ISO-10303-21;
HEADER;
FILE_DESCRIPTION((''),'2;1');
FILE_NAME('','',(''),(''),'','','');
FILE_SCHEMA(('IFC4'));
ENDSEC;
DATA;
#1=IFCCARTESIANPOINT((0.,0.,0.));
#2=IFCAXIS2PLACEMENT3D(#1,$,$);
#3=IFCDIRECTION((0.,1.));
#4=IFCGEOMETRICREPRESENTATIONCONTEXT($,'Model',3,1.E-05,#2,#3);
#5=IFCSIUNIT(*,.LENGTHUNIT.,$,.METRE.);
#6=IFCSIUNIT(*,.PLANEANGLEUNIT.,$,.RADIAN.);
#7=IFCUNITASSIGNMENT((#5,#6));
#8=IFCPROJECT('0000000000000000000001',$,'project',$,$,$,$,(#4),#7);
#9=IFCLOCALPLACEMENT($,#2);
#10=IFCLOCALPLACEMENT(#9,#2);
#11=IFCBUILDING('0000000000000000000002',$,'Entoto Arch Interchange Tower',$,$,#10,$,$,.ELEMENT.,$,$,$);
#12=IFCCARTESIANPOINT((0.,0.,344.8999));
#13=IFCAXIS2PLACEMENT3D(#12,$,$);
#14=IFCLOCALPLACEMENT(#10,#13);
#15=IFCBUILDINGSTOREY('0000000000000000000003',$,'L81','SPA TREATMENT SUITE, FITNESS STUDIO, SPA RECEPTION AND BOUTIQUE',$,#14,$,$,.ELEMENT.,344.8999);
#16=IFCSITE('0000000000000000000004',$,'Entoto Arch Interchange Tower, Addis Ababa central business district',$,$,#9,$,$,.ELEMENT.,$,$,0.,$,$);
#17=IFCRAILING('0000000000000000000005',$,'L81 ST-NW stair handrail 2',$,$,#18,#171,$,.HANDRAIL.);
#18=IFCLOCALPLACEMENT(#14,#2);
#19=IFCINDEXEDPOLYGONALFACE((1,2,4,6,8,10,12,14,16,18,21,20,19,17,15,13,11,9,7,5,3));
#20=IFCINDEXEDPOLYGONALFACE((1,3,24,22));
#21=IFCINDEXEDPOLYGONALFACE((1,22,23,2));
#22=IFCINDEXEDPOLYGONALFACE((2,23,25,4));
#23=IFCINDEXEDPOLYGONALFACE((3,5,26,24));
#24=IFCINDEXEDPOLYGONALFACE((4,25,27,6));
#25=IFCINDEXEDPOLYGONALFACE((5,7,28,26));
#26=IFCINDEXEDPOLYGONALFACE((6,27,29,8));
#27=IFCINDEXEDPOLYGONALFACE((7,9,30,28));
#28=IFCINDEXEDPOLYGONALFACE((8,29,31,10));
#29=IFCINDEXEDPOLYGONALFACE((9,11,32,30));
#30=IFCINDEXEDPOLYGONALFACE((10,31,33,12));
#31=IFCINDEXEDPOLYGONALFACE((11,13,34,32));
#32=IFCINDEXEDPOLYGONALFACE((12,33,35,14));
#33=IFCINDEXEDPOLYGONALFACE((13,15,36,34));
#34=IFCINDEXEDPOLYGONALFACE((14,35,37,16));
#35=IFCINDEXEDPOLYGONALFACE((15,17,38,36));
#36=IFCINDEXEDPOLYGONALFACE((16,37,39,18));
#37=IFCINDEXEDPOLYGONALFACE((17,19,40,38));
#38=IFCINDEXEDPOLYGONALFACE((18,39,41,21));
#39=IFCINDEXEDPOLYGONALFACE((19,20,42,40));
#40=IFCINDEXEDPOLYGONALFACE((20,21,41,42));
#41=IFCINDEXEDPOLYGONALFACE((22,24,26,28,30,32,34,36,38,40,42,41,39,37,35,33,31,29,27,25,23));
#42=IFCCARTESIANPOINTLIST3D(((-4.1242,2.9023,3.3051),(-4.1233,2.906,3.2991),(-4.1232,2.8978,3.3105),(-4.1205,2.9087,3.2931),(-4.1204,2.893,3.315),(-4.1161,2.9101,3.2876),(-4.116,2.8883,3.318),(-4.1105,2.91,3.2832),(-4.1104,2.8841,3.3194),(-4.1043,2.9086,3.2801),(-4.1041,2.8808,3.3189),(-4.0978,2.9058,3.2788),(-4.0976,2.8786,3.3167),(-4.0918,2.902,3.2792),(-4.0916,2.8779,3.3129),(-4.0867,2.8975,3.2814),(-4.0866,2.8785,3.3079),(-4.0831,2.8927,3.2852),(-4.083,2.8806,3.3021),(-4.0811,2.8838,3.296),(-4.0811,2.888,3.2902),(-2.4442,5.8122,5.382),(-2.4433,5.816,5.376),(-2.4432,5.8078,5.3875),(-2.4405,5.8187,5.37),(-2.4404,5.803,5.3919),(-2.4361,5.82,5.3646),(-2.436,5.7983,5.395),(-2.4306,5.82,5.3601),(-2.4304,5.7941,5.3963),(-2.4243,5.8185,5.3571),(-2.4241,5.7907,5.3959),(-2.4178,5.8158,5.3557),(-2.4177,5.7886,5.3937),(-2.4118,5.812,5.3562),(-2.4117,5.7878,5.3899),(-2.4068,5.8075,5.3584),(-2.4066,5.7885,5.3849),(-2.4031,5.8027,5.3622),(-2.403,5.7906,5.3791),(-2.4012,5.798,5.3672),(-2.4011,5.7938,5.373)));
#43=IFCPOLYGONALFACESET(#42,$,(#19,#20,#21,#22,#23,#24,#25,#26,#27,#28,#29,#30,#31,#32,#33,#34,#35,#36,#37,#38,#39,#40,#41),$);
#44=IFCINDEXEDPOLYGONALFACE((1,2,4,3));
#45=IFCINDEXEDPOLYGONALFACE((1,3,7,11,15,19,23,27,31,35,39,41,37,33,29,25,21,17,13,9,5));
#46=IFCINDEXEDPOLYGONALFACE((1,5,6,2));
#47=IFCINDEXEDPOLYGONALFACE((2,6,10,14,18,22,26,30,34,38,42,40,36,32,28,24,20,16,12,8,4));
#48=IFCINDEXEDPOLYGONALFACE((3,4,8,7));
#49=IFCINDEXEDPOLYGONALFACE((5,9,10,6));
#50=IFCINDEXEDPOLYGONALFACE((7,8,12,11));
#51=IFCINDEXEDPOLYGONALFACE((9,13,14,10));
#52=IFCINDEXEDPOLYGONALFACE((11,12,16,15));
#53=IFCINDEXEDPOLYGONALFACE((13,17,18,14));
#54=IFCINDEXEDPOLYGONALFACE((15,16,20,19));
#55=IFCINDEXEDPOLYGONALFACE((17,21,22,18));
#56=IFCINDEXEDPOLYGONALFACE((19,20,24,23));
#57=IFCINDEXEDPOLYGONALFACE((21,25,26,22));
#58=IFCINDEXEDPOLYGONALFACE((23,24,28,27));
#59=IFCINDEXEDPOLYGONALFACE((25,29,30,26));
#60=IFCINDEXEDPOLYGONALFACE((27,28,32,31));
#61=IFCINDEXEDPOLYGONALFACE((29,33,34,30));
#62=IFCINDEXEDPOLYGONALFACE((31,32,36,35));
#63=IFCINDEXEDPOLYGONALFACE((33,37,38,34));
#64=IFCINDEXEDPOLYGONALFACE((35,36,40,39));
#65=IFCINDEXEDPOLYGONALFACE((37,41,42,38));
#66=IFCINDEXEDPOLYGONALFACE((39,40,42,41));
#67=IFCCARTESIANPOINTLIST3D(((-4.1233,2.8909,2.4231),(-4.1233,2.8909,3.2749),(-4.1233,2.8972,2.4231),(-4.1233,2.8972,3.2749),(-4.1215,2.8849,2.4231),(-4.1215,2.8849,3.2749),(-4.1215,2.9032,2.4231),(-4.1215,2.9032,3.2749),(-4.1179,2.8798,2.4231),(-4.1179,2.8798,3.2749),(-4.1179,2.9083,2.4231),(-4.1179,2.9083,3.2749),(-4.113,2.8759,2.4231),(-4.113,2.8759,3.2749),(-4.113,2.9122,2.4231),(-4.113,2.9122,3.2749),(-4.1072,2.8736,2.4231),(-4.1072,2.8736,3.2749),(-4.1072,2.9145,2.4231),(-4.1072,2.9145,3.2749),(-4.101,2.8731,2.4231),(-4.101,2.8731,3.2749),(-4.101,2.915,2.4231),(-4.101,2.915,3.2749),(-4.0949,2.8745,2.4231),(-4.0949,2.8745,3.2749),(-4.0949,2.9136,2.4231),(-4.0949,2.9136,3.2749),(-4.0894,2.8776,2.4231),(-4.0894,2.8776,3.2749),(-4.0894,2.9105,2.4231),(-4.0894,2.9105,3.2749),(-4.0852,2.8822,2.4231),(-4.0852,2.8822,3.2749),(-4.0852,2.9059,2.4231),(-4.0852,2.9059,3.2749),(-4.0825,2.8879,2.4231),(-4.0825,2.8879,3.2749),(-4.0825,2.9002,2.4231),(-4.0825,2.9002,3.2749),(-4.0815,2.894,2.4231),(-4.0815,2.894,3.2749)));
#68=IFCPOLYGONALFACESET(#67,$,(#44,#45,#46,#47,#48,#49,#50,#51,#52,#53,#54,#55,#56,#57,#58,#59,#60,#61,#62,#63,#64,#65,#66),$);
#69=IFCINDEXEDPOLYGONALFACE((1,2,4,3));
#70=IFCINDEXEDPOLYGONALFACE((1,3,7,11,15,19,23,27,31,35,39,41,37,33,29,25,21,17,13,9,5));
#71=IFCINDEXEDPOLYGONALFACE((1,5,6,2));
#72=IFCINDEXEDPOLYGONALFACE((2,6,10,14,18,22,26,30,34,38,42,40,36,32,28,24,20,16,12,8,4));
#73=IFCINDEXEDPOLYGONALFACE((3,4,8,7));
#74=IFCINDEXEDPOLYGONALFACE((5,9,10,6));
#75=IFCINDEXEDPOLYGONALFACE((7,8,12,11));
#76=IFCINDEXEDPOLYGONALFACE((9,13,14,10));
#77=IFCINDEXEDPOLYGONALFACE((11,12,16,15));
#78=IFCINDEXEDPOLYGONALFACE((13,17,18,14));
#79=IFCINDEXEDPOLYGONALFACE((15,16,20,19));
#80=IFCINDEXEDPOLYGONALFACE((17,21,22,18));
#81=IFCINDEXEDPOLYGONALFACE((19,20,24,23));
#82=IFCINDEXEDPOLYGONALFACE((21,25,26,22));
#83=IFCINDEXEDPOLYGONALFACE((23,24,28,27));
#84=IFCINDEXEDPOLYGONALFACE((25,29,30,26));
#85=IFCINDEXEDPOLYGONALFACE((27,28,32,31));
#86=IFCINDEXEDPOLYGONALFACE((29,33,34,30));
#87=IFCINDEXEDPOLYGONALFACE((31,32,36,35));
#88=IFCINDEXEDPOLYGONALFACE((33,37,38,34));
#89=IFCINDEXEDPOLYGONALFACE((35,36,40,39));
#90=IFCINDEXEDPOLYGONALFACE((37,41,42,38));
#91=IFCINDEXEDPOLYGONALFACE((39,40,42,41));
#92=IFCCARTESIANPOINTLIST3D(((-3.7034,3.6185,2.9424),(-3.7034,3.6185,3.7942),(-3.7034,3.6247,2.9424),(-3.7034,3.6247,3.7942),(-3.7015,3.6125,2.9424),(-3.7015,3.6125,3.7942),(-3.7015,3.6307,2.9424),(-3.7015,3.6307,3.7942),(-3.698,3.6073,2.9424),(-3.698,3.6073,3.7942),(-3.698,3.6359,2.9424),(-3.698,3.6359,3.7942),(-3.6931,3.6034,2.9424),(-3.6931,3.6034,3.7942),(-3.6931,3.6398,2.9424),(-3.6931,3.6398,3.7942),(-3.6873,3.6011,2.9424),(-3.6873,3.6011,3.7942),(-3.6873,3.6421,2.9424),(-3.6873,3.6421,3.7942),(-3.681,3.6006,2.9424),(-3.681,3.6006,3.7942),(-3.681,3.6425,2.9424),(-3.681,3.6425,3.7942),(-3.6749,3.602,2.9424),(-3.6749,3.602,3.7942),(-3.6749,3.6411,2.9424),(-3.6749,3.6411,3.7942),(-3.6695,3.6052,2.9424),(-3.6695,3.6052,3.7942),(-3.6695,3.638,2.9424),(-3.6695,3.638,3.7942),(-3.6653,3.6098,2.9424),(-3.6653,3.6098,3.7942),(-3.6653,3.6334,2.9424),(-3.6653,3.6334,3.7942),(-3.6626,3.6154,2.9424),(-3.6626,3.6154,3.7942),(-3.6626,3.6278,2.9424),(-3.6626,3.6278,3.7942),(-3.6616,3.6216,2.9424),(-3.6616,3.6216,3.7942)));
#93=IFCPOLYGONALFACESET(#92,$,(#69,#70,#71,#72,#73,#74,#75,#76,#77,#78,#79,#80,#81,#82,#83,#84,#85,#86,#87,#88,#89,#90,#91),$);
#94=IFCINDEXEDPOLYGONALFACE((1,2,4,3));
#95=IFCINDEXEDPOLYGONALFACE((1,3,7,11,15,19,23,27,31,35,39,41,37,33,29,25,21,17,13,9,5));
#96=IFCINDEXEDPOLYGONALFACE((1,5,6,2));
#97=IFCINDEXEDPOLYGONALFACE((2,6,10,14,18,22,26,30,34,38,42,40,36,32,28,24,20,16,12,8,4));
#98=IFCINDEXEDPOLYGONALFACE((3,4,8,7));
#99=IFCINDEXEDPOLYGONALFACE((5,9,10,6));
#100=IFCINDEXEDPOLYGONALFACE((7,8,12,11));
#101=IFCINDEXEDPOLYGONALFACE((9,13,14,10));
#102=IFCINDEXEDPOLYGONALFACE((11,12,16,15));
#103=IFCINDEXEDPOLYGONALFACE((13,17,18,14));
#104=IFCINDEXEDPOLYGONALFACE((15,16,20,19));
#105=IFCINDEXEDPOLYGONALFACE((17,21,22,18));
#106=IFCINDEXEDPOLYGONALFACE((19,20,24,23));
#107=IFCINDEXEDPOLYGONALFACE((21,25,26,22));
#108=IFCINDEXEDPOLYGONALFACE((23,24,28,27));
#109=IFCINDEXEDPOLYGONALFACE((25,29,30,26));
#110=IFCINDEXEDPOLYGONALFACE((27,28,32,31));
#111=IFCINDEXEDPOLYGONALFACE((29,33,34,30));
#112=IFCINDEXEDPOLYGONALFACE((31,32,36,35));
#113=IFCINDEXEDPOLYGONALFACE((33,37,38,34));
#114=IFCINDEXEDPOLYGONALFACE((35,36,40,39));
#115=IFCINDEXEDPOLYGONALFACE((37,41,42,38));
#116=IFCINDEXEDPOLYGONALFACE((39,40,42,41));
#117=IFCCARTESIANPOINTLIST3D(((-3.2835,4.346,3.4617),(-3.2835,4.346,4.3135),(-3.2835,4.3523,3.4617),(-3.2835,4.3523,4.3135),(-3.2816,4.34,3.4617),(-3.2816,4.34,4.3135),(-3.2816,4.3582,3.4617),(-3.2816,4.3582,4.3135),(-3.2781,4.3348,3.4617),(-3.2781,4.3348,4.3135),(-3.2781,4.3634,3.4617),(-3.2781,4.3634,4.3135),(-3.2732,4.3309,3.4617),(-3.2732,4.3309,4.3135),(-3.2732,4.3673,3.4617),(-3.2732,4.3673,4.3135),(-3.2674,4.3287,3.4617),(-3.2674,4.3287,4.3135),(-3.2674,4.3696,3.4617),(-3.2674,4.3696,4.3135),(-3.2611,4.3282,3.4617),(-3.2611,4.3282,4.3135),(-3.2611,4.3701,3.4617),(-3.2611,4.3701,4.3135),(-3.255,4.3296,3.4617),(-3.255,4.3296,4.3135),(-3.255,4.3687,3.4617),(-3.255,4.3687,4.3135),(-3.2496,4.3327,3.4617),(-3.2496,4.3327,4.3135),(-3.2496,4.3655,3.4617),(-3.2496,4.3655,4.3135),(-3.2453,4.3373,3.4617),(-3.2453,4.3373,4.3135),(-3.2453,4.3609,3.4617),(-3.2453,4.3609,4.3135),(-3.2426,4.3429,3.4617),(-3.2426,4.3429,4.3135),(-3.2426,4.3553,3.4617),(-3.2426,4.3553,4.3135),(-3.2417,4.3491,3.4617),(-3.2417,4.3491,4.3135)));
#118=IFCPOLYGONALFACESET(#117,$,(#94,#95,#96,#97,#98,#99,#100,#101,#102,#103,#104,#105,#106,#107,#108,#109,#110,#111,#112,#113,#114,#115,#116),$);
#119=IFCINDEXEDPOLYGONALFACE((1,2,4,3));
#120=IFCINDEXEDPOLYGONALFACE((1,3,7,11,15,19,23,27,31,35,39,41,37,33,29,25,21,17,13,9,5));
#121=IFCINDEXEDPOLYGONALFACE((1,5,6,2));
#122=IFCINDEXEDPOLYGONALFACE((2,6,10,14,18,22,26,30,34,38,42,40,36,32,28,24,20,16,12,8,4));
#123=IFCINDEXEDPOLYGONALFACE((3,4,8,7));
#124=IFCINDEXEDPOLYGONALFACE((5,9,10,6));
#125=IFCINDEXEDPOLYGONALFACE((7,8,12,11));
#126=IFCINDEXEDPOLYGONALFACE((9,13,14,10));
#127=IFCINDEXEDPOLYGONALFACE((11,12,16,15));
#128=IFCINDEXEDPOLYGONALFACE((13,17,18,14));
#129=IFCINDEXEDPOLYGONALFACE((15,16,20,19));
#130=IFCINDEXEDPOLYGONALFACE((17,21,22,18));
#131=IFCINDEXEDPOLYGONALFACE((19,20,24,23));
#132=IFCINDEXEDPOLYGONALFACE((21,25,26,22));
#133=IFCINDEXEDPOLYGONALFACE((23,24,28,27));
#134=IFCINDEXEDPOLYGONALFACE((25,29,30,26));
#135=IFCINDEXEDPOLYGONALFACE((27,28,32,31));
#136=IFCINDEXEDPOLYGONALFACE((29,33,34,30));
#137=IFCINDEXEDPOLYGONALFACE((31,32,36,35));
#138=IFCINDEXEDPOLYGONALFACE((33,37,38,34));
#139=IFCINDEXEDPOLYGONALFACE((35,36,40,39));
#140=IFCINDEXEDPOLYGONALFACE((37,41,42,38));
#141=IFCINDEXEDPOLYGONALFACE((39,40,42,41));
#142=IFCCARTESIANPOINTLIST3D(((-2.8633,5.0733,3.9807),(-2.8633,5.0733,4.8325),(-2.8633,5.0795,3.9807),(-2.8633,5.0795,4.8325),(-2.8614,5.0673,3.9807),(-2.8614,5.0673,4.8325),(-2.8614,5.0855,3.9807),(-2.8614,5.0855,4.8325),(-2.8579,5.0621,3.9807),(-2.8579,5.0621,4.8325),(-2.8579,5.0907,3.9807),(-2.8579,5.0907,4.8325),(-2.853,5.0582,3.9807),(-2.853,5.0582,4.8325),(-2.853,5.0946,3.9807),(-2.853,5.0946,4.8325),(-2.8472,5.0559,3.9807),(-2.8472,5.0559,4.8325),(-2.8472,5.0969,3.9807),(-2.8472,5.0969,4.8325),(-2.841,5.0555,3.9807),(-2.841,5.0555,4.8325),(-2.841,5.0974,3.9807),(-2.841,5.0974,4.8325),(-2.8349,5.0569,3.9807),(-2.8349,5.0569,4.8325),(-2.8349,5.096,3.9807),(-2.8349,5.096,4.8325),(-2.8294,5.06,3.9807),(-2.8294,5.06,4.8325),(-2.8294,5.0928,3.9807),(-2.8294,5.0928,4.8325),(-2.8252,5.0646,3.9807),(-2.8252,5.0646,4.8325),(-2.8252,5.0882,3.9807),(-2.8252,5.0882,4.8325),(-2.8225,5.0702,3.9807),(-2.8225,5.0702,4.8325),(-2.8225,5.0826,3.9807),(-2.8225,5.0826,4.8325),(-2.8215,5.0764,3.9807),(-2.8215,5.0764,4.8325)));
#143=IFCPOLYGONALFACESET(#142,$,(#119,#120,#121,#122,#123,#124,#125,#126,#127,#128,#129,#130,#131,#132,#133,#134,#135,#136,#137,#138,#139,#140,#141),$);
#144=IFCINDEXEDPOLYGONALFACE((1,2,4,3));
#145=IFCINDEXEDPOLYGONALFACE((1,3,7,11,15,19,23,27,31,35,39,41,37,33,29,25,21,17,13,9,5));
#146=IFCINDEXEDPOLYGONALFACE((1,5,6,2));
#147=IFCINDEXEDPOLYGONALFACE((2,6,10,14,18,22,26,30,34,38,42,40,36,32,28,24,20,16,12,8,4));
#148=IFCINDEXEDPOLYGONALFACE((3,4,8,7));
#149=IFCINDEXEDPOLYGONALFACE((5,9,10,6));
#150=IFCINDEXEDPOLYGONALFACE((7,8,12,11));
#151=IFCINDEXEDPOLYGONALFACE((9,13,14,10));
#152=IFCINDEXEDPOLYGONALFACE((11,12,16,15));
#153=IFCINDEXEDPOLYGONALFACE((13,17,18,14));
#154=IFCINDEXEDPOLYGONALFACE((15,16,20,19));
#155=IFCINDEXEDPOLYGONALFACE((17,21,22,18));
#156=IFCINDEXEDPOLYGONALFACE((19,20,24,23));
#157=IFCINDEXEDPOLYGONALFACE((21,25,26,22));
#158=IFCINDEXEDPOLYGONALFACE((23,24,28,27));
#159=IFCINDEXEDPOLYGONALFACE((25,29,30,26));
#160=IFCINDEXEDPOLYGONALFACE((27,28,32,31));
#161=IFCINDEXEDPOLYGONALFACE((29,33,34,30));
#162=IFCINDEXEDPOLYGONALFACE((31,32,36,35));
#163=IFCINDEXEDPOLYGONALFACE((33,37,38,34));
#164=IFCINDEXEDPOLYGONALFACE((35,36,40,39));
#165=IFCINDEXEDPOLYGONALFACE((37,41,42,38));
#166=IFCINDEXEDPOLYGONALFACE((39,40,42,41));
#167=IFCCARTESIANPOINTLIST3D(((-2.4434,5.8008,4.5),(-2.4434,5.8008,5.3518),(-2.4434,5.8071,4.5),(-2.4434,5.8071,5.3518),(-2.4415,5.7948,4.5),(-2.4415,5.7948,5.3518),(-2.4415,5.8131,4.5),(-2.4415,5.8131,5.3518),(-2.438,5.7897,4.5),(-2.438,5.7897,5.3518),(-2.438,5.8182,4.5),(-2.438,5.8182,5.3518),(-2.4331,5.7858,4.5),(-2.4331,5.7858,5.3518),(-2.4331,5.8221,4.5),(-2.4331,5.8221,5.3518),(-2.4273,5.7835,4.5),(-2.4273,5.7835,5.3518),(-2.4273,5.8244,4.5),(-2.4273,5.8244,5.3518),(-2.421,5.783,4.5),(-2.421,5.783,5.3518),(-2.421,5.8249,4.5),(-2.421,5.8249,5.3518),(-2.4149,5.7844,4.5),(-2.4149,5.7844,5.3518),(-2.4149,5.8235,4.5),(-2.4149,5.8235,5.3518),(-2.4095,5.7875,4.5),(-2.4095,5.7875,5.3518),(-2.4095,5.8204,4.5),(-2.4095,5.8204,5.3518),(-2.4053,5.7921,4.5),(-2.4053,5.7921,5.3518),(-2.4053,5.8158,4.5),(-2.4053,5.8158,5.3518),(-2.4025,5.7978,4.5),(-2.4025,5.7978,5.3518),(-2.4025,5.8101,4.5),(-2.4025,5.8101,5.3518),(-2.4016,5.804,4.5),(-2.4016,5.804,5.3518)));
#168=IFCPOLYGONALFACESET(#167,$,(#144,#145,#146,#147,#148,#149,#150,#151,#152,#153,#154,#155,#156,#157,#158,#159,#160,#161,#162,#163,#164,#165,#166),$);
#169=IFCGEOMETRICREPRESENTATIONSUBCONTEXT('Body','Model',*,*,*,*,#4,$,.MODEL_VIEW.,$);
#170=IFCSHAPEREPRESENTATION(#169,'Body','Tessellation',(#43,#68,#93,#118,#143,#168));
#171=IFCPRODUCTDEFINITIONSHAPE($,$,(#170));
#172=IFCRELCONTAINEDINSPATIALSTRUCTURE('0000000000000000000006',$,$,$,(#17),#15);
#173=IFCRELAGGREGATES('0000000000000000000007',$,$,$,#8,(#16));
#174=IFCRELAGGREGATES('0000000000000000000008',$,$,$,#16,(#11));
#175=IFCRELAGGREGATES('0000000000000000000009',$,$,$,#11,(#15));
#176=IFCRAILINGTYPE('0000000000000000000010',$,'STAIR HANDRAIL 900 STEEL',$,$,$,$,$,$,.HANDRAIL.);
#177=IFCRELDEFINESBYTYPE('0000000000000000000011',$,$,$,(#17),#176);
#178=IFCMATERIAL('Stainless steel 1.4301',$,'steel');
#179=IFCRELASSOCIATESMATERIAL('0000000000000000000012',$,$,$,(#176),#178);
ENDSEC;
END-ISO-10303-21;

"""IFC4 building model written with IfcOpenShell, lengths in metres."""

from ifc_helpers import new_model, si_unit, direction, frame, origin, origin_2d, place, context, subcontext, project, spatial, circle, extrude, material, type_object, element, save


model = new_model("IFC4")

# Units and contexts
model_context = context("Model", 3, precision=1e-05, world=origin(), true_north=direction((0.0, 1.0)))
body_context = subcontext(model_context, "Body", "Model", "MODEL_VIEW")
ifc_project = project(units=[si_unit("LENGTHUNIT", "METRE"), si_unit("PLANEANGLEUNIT", "RADIAN")], contexts=[model_context])

# Site, building, storey
site_placement = place(None, origin())
site = spatial("IfcSite", under=ifc_project, at=site_placement, Name="Entoto Arch Interchange Tower, Addis Ababa central business district", CompositionType="ELEMENT", RefElevation=0.0)
building_placement = place(site_placement, origin())
building = spatial("IfcBuilding", under=site, at=building_placement, Name="Entoto Arch Interchange Tower", CompositionType="ELEMENT")
storey_placement = place(building_placement, frame((0.0, 0.0, 344.8999)))
storey = spatial("IfcBuildingStorey", under=building, at=storey_placement, Name="L81", Description="SPA TREATMENT SUITE, FITNESS STUDIO, SPA RECEPTION AND BOUTIQUE", CompositionType="ELEMENT", Elevation=344.8999)

# Railing
ifc_material_1 = material(Name="Stainless steel 1.4301", Category="steel")
railing_type_1 = type_object("IfcRailingType", Name="STAIR HANDRAIL 900 STEEL", PredefinedType="HANDRAIL", material=ifc_material_1)
railing_1_placement = place(storey_placement, frame((-4.1025, 2.894, 2.4231)))
element("IfcRailing", 1, at=railing_1_placement, inside=storey, type_object=railing_type_1, Name="L81 ST-NW stair handrail 2", PredefinedType="HANDRAIL", context=body_context, shape_type="SweptSolid", body=[
    extrude(circle(Radius=0.0239, at=origin_2d()), frame((0.0, 0.0, 0.876), z_axis=(0.425288, 0.736668, 0.525785), x_axis=(-0.866039, 0.499976, 0.0)), (0.0, 0.0, 1.0), 3.9502),
    extrude(circle(Radius=0.021, at=origin_2d()), origin(), (0.0, 0.0, 1.0), 0.8518),
    extrude(circle(Radius=0.021, at=origin_2d()), frame((0.4199, 0.7275, 0.5193)), (0.0, 0.0, 1.0), 0.8518),
    extrude(circle(Radius=0.021, at=origin_2d()), frame((0.8398, 1.4551, 1.0386)), (0.0, 0.0, 1.0), 0.8518),
    extrude(circle(Radius=0.021, at=origin_2d()), frame((1.26, 2.1824, 1.5576)), (0.0, 0.0, 1.0), 0.8518),
    extrude(circle(Radius=0.021, at=origin_2d()), frame((1.6799, 2.9099, 2.0769)), (0.0, 0.0, 1.0), 0.8518),
])

save(model, "model.ifc")
